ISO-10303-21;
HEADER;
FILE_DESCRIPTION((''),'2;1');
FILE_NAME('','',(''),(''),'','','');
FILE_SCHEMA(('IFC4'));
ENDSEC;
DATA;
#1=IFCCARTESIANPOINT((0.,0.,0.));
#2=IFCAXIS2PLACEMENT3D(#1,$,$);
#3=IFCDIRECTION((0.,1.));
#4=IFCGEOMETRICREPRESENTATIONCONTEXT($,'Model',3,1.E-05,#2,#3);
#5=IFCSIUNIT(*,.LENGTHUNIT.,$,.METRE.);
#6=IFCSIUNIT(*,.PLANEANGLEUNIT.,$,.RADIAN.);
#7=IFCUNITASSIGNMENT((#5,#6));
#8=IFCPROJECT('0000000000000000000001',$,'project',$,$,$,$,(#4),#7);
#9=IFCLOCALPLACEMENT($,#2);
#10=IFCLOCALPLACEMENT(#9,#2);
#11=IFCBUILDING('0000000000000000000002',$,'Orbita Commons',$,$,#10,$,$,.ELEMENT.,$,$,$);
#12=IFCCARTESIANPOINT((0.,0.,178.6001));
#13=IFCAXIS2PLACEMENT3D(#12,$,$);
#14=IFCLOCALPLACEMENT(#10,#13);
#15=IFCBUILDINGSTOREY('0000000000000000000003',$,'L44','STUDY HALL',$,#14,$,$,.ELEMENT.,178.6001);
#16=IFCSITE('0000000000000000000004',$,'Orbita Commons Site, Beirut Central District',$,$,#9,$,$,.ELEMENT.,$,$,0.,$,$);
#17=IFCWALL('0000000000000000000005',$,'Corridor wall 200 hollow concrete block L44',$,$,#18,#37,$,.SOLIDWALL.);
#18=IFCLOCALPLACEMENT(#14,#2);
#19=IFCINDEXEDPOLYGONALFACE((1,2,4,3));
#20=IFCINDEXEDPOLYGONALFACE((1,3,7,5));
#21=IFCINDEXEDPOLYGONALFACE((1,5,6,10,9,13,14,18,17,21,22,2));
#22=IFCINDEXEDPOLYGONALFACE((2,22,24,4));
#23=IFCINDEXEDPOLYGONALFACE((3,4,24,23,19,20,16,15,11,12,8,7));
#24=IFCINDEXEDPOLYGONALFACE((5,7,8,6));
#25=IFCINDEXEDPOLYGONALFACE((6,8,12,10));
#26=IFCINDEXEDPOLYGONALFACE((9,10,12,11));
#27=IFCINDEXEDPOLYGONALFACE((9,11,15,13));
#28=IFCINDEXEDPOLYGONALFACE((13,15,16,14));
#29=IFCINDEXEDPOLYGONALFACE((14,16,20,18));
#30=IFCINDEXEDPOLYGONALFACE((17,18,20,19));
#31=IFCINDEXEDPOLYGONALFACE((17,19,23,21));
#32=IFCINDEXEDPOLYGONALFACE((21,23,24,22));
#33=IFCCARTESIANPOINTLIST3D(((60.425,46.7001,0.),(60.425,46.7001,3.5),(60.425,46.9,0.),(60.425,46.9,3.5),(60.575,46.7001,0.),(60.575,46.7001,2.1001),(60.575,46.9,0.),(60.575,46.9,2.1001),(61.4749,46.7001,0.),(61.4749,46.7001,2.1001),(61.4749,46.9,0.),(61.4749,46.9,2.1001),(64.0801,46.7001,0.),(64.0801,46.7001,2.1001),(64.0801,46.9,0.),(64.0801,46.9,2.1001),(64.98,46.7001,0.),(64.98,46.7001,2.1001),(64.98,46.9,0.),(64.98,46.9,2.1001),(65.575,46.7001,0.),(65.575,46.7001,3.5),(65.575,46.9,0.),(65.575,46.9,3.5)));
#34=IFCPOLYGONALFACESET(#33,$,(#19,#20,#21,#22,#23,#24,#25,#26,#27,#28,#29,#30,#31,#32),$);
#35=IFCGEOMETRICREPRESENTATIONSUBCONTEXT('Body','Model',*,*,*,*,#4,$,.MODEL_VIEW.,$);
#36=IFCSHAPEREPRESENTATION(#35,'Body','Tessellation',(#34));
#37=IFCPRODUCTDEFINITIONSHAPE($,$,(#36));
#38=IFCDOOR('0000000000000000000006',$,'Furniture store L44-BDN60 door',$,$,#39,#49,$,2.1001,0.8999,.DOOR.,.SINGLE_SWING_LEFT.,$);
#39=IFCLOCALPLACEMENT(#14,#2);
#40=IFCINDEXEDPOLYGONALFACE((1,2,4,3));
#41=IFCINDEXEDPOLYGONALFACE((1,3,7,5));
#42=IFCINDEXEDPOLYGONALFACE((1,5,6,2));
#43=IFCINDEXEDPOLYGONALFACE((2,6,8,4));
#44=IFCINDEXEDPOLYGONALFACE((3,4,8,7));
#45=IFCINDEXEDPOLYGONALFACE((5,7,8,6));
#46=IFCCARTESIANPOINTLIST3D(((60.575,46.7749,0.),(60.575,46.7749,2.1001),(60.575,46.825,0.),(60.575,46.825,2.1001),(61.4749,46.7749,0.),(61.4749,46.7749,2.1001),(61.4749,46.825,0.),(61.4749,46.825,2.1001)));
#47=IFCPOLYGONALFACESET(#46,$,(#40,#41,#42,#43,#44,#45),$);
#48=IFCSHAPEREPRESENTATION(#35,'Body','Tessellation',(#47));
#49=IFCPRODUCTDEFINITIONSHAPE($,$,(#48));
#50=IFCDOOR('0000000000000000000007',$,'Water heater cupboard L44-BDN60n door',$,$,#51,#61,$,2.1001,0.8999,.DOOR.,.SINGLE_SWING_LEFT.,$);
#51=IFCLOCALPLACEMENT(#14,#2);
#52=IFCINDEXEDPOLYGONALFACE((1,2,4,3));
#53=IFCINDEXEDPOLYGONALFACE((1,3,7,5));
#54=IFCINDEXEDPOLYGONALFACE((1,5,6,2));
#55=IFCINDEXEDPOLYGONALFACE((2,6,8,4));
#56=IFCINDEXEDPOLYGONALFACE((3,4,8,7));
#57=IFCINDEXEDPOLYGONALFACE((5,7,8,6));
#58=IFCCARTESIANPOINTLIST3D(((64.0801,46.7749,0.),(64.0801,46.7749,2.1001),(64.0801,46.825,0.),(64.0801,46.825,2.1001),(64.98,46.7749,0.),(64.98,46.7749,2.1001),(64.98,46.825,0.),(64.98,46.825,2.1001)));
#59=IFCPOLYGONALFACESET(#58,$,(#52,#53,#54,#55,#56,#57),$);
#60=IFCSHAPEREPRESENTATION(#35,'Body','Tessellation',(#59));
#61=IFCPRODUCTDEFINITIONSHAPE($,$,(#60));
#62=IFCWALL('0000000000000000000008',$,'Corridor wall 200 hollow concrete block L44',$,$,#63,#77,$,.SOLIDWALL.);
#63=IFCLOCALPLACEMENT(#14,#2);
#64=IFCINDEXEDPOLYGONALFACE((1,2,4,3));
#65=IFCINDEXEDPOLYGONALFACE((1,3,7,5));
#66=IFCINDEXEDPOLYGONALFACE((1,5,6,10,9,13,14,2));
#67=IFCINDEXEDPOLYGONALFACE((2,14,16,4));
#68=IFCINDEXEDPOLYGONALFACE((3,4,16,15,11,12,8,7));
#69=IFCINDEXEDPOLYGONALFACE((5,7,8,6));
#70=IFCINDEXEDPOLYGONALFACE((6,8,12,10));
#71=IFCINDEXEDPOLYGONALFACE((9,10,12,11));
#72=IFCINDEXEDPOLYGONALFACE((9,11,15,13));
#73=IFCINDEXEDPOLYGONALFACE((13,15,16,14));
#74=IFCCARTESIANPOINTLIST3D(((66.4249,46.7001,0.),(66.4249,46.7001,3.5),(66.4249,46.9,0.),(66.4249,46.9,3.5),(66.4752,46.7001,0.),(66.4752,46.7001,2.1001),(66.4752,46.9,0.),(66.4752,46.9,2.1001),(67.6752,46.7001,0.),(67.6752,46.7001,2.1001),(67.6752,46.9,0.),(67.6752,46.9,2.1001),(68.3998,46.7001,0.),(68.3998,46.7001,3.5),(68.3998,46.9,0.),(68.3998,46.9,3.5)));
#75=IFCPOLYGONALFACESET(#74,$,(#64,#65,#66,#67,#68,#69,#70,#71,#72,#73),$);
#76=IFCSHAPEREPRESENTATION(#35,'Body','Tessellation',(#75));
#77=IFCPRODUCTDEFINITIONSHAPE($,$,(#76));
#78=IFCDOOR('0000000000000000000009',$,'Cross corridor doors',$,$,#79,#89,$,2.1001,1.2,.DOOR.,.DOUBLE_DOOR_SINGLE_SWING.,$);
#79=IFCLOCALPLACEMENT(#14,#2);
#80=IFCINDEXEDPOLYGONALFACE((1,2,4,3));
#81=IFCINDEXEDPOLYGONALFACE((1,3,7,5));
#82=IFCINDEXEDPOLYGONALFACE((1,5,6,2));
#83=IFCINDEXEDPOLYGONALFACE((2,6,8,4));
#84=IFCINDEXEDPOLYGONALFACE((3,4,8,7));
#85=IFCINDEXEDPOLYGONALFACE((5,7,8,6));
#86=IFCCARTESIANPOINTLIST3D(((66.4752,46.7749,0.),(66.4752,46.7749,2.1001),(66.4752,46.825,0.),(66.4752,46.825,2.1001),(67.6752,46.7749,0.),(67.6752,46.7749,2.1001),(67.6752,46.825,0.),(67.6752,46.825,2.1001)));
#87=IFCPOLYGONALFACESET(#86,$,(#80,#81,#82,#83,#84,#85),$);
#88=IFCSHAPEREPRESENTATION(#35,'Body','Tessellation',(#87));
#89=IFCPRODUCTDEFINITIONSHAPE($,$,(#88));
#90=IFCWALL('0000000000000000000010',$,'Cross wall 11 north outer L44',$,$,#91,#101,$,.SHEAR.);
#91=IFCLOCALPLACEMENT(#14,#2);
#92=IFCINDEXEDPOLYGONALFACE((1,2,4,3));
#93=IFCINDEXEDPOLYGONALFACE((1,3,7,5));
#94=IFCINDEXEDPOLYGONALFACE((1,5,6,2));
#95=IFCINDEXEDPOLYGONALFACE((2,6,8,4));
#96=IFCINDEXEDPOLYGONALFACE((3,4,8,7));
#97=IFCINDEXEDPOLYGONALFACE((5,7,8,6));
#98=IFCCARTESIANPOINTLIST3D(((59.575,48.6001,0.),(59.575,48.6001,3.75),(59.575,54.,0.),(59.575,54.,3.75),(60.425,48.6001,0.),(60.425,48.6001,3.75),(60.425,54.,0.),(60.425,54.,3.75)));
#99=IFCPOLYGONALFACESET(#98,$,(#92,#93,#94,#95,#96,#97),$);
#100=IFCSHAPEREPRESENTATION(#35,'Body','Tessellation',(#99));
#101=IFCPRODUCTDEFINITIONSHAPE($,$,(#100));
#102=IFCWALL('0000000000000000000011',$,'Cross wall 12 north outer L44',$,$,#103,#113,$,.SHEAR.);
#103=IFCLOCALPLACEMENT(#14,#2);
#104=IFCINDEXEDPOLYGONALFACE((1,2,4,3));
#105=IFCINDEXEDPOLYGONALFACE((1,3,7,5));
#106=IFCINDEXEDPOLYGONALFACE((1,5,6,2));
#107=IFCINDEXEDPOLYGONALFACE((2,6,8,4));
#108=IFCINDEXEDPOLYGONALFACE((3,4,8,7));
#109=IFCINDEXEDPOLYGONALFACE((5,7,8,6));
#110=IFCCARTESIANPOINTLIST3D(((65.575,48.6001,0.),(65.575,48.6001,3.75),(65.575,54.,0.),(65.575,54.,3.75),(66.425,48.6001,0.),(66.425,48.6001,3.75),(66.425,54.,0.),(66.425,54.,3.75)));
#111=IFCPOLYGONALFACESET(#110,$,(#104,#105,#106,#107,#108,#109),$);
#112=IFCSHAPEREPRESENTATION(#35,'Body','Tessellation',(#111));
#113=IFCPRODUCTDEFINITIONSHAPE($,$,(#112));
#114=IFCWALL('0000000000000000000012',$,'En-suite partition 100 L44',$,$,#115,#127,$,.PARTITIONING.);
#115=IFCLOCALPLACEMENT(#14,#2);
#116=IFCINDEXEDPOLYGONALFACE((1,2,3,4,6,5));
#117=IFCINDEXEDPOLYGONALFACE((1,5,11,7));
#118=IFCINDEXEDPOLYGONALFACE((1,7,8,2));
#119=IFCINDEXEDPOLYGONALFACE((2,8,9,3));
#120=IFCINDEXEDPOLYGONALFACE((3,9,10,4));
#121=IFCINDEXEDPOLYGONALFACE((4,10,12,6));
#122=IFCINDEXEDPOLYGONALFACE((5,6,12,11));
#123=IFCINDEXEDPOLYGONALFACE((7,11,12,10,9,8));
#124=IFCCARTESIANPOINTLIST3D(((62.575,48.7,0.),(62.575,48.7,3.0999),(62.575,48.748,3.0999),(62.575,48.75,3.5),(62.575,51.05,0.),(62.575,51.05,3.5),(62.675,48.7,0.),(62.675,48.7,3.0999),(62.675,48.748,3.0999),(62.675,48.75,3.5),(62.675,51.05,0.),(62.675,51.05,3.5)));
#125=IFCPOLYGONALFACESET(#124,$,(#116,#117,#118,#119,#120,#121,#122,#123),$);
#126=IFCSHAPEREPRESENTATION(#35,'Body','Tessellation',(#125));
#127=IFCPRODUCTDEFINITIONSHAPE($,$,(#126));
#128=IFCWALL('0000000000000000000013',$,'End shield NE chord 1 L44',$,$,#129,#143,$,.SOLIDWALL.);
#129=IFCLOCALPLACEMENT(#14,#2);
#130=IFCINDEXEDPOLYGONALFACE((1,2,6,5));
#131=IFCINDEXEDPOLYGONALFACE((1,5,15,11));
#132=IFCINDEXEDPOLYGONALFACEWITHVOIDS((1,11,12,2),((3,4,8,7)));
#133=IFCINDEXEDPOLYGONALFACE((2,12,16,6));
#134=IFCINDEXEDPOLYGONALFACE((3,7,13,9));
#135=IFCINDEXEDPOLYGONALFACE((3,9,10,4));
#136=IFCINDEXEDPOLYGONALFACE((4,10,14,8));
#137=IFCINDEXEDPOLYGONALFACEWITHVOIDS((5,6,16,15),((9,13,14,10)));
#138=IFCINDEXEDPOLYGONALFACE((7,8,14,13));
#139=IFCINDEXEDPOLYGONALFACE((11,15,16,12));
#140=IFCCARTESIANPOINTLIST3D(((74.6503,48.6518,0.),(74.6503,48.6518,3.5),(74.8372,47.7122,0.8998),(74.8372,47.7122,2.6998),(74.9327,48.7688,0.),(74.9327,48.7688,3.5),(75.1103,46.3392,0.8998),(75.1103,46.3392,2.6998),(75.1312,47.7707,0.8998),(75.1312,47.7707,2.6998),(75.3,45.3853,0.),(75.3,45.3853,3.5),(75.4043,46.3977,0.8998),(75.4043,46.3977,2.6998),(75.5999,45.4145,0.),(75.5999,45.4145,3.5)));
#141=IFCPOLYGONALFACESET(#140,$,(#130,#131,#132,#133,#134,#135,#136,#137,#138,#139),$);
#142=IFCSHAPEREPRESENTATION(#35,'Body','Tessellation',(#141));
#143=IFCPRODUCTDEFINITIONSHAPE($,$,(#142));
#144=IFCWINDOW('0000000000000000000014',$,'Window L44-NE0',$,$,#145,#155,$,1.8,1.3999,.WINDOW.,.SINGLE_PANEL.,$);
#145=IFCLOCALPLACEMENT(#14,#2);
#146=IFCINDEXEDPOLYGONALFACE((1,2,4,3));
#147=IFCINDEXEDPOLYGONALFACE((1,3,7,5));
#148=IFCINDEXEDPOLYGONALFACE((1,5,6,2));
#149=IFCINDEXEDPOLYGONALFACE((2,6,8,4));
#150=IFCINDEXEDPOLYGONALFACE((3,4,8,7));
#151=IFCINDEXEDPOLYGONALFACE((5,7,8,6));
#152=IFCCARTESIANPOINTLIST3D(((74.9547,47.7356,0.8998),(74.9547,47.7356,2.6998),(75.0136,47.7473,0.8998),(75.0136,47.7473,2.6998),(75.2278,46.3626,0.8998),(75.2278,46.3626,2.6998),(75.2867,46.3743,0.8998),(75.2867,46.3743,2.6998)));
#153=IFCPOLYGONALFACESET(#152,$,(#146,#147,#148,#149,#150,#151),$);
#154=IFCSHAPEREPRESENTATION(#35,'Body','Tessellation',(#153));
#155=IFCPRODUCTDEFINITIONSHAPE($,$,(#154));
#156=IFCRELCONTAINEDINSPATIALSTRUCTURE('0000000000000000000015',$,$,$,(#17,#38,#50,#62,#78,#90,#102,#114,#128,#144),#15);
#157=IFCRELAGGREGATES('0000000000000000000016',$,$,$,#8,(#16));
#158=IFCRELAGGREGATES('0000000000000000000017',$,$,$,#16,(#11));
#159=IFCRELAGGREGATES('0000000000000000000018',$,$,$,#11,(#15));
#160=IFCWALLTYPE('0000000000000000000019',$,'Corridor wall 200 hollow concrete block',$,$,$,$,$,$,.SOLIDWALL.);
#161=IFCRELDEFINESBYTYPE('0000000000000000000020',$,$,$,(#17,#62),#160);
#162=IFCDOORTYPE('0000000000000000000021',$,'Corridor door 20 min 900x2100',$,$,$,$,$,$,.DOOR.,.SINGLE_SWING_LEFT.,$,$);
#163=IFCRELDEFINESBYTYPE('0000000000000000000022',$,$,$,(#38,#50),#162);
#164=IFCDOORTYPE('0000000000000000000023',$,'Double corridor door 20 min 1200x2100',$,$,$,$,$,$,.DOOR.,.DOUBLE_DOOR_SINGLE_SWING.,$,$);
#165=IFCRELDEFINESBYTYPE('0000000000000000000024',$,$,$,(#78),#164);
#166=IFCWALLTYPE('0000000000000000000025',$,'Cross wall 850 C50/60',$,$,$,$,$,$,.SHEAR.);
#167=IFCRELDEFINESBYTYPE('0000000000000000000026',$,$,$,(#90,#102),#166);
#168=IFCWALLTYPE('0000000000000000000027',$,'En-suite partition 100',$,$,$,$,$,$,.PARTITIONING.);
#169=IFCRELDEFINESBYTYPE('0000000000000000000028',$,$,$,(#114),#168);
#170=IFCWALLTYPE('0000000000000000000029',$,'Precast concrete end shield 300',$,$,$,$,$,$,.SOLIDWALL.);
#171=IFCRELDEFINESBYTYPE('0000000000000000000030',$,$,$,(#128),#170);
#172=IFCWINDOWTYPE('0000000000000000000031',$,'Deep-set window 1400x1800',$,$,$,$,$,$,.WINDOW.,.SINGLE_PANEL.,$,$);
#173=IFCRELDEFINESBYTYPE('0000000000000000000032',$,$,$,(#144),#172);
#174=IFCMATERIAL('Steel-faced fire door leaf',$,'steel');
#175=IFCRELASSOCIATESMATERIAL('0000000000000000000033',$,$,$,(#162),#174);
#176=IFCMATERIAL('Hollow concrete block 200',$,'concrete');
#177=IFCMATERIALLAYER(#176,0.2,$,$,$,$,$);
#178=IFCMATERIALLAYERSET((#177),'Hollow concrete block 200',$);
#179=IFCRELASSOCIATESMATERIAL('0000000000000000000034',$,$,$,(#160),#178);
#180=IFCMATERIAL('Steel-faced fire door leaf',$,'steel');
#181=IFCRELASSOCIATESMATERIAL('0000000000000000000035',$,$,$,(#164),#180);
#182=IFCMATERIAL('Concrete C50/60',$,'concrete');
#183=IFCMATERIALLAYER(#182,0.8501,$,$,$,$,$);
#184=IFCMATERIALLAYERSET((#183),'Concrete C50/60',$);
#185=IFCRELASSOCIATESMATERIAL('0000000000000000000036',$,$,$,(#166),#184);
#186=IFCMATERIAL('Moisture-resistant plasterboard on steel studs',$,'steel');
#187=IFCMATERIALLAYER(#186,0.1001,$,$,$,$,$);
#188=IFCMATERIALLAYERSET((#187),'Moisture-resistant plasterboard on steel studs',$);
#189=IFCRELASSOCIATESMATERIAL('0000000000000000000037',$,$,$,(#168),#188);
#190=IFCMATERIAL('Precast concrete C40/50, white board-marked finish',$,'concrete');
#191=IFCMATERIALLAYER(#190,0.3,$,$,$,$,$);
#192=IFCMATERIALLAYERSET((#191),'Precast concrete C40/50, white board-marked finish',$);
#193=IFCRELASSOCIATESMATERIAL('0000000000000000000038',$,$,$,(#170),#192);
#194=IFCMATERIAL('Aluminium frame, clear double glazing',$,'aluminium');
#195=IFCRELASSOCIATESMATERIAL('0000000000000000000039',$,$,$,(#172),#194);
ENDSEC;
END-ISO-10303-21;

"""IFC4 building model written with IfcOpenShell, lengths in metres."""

from ifc_helpers import new_model, si_unit, direction, frame, frame_2d, origin, place, context, subcontext, project, spatial, polyline, rectangle, outline, extrude, material, layer, layer_set, type_object, element, fill, save


model = new_model("IFC4")

# Units and contexts
model_context = context("Model", 3, precision=1e-05, world=origin(), true_north=direction((0.0, 1.0)))
body_context = subcontext(model_context, "Body", "Model", "MODEL_VIEW")
ifc_project = project(units=[si_unit("LENGTHUNIT", "METRE"), si_unit("PLANEANGLEUNIT", "RADIAN")], contexts=[model_context])

# Site, building, storey
site_placement = place(None, origin())
site = spatial("IfcSite", under=ifc_project, at=site_placement, Name="Orbita Commons Site, Beirut Central District", CompositionType="ELEMENT", RefElevation=0.0)
building_placement = place(site_placement, origin())
building = spatial("IfcBuilding", under=site, at=building_placement, Name="Orbita Commons", CompositionType="ELEMENT")
storey_placement = place(building_placement, frame((0.0, 0.0, 178.6001)))
storey = spatial("IfcBuildingStorey", under=building, at=storey_placement, Name="L44", Description="STUDY HALL", CompositionType="ELEMENT", Elevation=178.6001)

# Shared definitions
ifc_material_1 = material(Name="Steel-faced fire door leaf", Category="steel")
door_type_1 = type_object("IfcDoorType", Name="Corridor door 20 min 900x2100", OperationType="SINGLE_SWING_LEFT", PredefinedType="DOOR", material=ifc_material_1)

# Wall, openings, doors
ifc_material_2 = material(Name="Hollow concrete block 200", Category="concrete")
ifc_layer_1 = layer(ifc_material_2, 0.2)
ifc_layer_set_1 = layer_set([ifc_layer_1], Name="Hollow concrete block 200")
wall_type_1 = type_object("IfcWallType", Name="Corridor wall 200 hollow concrete block", PredefinedType="SOLIDWALL", material=ifc_layer_set_1)
wall_1_placement = place(storey_placement, frame((60.425, 46.8, 0.0), z_axis=(0.0, 0.0, 1.0), x_axis=(1.0, 0.0, 0.0)))
wall_1 = element("IfcWall", 1, at=wall_1_placement, inside=storey, type_object=wall_type_1, Name="Corridor wall 200 hollow concrete block L44", PredefinedType="SOLIDWALL", context=body_context, shape_type="SweptSolid", body=[
    extrude(rectangle(XDim=5.1499, YDim=0.2, at=frame_2d((2.575, 0.0))), origin(), (0.0, 0.0, 1.0), 3.5),
])
opening_1_placement = place(wall_1_placement, frame((0.1499, 0.0, 0.0)))
opening_1 = element("IfcOpeningElement", 2, at=opening_1_placement, cuts=wall_1, PredefinedType="OPENING", context=body_context, shape_type="SweptSolid", body=[
    extrude(rectangle(XDim=0.8999, YDim=2.1001, at=frame_2d((0.45, 1.05))), frame((0.0, 0.1099, 0.0), z_axis=(0.0, -1.0, 0.0), x_axis=(1.0, 0.0, 0.0)), (0.0, 0.0, 1.0), 0.22),
])
opening_2_placement = place(wall_1_placement, frame((3.655, 0.0, 0.0)))
opening_2 = element("IfcOpeningElement", 3, at=opening_2_placement, cuts=wall_1, PredefinedType="OPENING", context=body_context, shape_type="SweptSolid", body=[
    extrude(rectangle(XDim=0.8999, YDim=2.1001, at=frame_2d((0.45, 1.05))), frame((0.0, 0.1099, 0.0), z_axis=(0.0, -1.0, 0.0), x_axis=(1.0, 0.0, 0.0)), (0.0, 0.0, 1.0), 0.22),
])
door_1_placement = place(opening_1_placement, origin())
door_1 = element("IfcDoor", 4, at=door_1_placement, inside=storey, type_object=door_type_1, Name="Furniture store L44-BDN60 door", OperationType="SINGLE_SWING_LEFT", OverallHeight=2.1001, OverallWidth=0.8999, PredefinedType="DOOR", context=body_context, shape_type="SweptSolid", body=[
    extrude(rectangle(XDim=0.8999, YDim=2.1001, at=frame_2d((0.45, 1.05))), frame((0.0, 0.0249, 0.0), z_axis=(0.0, -1.0, 0.0), x_axis=(1.0, 0.0, 0.0)), (0.0, 0.0, 1.0), 0.05),
])
fill(opening_1, door_1)
door_2_placement = place(opening_2_placement, origin())
door_2 = element("IfcDoor", 5, at=door_2_placement, inside=storey, type_object=door_type_1, Name="Water heater cupboard L44-BDN60n door", OperationType="SINGLE_SWING_LEFT", OverallHeight=2.1001, OverallWidth=0.8999, PredefinedType="DOOR", context=body_context, shape_type="SweptSolid", body=[
    extrude(rectangle(XDim=0.8999, YDim=2.1001, at=frame_2d((0.45, 1.05))), frame((0.0, 0.0249, 0.0), z_axis=(0.0, -1.0, 0.0), x_axis=(1.0, 0.0, 0.0)), (0.0, 0.0, 1.0), 0.05),
])
fill(opening_2, door_2)

# Wall, opening, door
wall_2_placement = place(storey_placement, frame((66.425, 46.8, 0.0), z_axis=(0.0, 0.0, 1.0), x_axis=(1.0, 0.0, 0.0)))
wall_2 = element("IfcWall", 6, at=wall_2_placement, inside=storey, type_object=wall_type_1, Name="Corridor wall 200 hollow concrete block L44", PredefinedType="SOLIDWALL", context=body_context, shape_type="SweptSolid", body=[
    extrude(rectangle(XDim=1.9749, YDim=0.2, at=frame_2d((0.9873, 0.0))), origin(), (0.0, 0.0, 1.0), 3.5),
])
opening_3_placement = place(wall_2_placement, frame((0.05, 0.0, 0.0)))
opening_3 = element("IfcOpeningElement", 7, at=opening_3_placement, cuts=wall_2, PredefinedType="OPENING", context=body_context, shape_type="SweptSolid", body=[
    extrude(rectangle(XDim=1.2, YDim=2.1001, at=frame_2d((0.6001, 1.05))), frame((0.0, 0.1099, 0.0), z_axis=(0.0, -1.0, 0.0), x_axis=(1.0, 0.0, 0.0)), (0.0, 0.0, 1.0), 0.22),
])
ifc_material_3 = material(Name="Steel-faced fire door leaf", Category="steel")
door_type_2 = type_object("IfcDoorType", Name="Double corridor door 20 min 1200x2100", OperationType="DOUBLE_DOOR_SINGLE_SWING", PredefinedType="DOOR", material=ifc_material_3)
door_3_placement = place(opening_3_placement, origin())
door_3 = element("IfcDoor", 8, at=door_3_placement, inside=storey, type_object=door_type_2, Name="Cross corridor doors", OperationType="DOUBLE_DOOR_SINGLE_SWING", OverallHeight=2.1001, OverallWidth=1.2, PredefinedType="DOOR", context=body_context, shape_type="SweptSolid", body=[
    extrude(rectangle(XDim=1.2, YDim=2.1001, at=frame_2d((0.6001, 1.05))), frame((0.0, 0.0249, 0.0), z_axis=(0.0, -1.0, 0.0), x_axis=(1.0, 0.0, 0.0)), (0.0, 0.0, 1.0), 0.05),
])
fill(opening_3, door_3)

# Walls
ifc_material_4 = material(Name="Concrete C50/60", Category="concrete")
ifc_layer_2 = layer(ifc_material_4, 0.8501)
ifc_layer_set_2 = layer_set([ifc_layer_2], Name="Concrete C50/60")
wall_type_2 = type_object("IfcWallType", Name="Cross wall 850 C50/60", PredefinedType="SHEAR", material=ifc_layer_set_2)
for number, where, z_axis, x_axis, name in (
    (9, (60.0, 48.6001, 0.0), (0.0, 0.0, 1.0), (0.0, 1.0, 0.0), "Cross wall 11 north outer L44"),
    (10, (66.0, 48.6001, 0.0), (0.0, 0.0, 1.0), (0.0, 1.0, 0.0), "Cross wall 12 north outer L44"),
):
    element("IfcWall", number, at=place(storey_placement, frame(where, z_axis=z_axis, x_axis=x_axis)), inside=storey, type_object=wall_type_2, Name=name, PredefinedType="SHEAR", context=body_context, shape_type="SweptSolid", body=[
        extrude(rectangle(XDim=5.3999, YDim=0.8501, at=frame_2d((2.7, 0.0))), origin(), (0.0, 0.0, 1.0), 3.75),
    ])
ifc_material_5 = material(Name="Moisture-resistant plasterboard on steel studs", Category="steel")
ifc_layer_3 = layer(ifc_material_5, 0.1001)
ifc_layer_set_3 = layer_set([ifc_layer_3], Name="Moisture-resistant plasterboard on steel studs")
wall_type_3 = type_object("IfcWallType", Name="En-suite partition 100", PredefinedType="PARTITIONING", material=ifc_layer_set_3)
wall_3_placement = place(storey_placement, frame((62.625, 51.05, 0.0), z_axis=(0.0, 0.0, 1.0), x_axis=(0.0, -1.0, 0.0)))
element("IfcWall", 11, at=wall_3_placement, inside=storey, type_object=wall_type_3, Name="En-suite partition 100 L44", PredefinedType="PARTITIONING", context=body_context, shape_type="SweptSolid", body=[
    extrude(outline(polyline([(0.0, 0.0), (2.3501, 0.0), (2.3501, 3.0999), (2.302, 3.0999), (2.3, 3.5), (0.0, 3.5), (0.0, 0.0)])), frame((0.0, 0.05, 0.0), z_axis=(0.0, -1.0, 0.0), x_axis=(1.0, 0.0, 0.0)), (0.0, 0.0, 1.0), 0.1001),
])

# Wall, opening, window
ifc_material_6 = material(Name="Precast concrete C40/50, white board-marked finish", Category="concrete")
ifc_layer_4 = layer(ifc_material_6, 0.3)
ifc_layer_set_4 = layer_set([ifc_layer_4], Name="Precast concrete C40/50, white board-marked finish")
wall_type_4 = type_object("IfcWallType", Name="Precast concrete end shield 300", PredefinedType="SOLIDWALL", material=ifc_layer_set_4)
wall_4_placement = place(storey_placement, frame((75.45, 45.3999, 0.0), z_axis=(0.0, 0.0, 1.0), x_axis=(-0.195087, 0.980786, 0.0)))
wall_4 = element("IfcWall", 12, at=wall_4_placement, inside=storey, type_object=wall_type_4, Name="End shield NE chord 1 L44", PredefinedType="SOLIDWALL", context=body_context, shape_type="SweptSolid", body=[
    extrude(outline(polyline([(-0.0149, -0.1499), (3.405, -0.1499), (3.3455, 0.1499), (0.0149, 0.1499), (-0.0149, -0.1499)])), origin(), (0.0, 0.0, 1.0), 3.5),
])
opening_4_placement = place(wall_4_placement, frame((0.9875, 0.0, 0.8999)))
opening_4 = element("IfcOpeningElement", 13, at=opening_4_placement, cuts=wall_4, PredefinedType="OPENING", context=body_context, shape_type="SweptSolid", body=[
    extrude(rectangle(XDim=1.3999, YDim=1.8, at=frame_2d((0.7, 0.8999))), frame((0.0, 0.1599, 0.0), z_axis=(0.0, -1.0, 0.0), x_axis=(1.0, 0.0, 0.0)), (0.0, 0.0, 1.0), 0.3201),
])
ifc_material_7 = material(Name="Aluminium frame, clear double glazing", Category="aluminium")
window_type = type_object("IfcWindowType", Name="Deep-set window 1400x1800", PartitioningType="SINGLE_PANEL", PredefinedType="WINDOW", material=ifc_material_7)
window_1_placement = place(opening_4_placement, origin())
window_1 = element("IfcWindow", 14, at=window_1_placement, inside=storey, type_object=window_type, Name="Window L44-NE0", OverallHeight=1.8, OverallWidth=1.3999, PartitioningType="SINGLE_PANEL", PredefinedType="WINDOW", context=body_context, shape_type="SweptSolid", body=[
    extrude(rectangle(XDim=1.3999, YDim=1.8, at=frame_2d((0.7, 0.8999))), frame((0.0, 0.03, 0.0), z_axis=(0.0, -1.0, 0.0), x_axis=(1.0, 0.0, 0.0)), (0.0, 0.0, 1.0), 0.0601),
])
fill(opening_4, window_1)

save(model, "model.ifc")
